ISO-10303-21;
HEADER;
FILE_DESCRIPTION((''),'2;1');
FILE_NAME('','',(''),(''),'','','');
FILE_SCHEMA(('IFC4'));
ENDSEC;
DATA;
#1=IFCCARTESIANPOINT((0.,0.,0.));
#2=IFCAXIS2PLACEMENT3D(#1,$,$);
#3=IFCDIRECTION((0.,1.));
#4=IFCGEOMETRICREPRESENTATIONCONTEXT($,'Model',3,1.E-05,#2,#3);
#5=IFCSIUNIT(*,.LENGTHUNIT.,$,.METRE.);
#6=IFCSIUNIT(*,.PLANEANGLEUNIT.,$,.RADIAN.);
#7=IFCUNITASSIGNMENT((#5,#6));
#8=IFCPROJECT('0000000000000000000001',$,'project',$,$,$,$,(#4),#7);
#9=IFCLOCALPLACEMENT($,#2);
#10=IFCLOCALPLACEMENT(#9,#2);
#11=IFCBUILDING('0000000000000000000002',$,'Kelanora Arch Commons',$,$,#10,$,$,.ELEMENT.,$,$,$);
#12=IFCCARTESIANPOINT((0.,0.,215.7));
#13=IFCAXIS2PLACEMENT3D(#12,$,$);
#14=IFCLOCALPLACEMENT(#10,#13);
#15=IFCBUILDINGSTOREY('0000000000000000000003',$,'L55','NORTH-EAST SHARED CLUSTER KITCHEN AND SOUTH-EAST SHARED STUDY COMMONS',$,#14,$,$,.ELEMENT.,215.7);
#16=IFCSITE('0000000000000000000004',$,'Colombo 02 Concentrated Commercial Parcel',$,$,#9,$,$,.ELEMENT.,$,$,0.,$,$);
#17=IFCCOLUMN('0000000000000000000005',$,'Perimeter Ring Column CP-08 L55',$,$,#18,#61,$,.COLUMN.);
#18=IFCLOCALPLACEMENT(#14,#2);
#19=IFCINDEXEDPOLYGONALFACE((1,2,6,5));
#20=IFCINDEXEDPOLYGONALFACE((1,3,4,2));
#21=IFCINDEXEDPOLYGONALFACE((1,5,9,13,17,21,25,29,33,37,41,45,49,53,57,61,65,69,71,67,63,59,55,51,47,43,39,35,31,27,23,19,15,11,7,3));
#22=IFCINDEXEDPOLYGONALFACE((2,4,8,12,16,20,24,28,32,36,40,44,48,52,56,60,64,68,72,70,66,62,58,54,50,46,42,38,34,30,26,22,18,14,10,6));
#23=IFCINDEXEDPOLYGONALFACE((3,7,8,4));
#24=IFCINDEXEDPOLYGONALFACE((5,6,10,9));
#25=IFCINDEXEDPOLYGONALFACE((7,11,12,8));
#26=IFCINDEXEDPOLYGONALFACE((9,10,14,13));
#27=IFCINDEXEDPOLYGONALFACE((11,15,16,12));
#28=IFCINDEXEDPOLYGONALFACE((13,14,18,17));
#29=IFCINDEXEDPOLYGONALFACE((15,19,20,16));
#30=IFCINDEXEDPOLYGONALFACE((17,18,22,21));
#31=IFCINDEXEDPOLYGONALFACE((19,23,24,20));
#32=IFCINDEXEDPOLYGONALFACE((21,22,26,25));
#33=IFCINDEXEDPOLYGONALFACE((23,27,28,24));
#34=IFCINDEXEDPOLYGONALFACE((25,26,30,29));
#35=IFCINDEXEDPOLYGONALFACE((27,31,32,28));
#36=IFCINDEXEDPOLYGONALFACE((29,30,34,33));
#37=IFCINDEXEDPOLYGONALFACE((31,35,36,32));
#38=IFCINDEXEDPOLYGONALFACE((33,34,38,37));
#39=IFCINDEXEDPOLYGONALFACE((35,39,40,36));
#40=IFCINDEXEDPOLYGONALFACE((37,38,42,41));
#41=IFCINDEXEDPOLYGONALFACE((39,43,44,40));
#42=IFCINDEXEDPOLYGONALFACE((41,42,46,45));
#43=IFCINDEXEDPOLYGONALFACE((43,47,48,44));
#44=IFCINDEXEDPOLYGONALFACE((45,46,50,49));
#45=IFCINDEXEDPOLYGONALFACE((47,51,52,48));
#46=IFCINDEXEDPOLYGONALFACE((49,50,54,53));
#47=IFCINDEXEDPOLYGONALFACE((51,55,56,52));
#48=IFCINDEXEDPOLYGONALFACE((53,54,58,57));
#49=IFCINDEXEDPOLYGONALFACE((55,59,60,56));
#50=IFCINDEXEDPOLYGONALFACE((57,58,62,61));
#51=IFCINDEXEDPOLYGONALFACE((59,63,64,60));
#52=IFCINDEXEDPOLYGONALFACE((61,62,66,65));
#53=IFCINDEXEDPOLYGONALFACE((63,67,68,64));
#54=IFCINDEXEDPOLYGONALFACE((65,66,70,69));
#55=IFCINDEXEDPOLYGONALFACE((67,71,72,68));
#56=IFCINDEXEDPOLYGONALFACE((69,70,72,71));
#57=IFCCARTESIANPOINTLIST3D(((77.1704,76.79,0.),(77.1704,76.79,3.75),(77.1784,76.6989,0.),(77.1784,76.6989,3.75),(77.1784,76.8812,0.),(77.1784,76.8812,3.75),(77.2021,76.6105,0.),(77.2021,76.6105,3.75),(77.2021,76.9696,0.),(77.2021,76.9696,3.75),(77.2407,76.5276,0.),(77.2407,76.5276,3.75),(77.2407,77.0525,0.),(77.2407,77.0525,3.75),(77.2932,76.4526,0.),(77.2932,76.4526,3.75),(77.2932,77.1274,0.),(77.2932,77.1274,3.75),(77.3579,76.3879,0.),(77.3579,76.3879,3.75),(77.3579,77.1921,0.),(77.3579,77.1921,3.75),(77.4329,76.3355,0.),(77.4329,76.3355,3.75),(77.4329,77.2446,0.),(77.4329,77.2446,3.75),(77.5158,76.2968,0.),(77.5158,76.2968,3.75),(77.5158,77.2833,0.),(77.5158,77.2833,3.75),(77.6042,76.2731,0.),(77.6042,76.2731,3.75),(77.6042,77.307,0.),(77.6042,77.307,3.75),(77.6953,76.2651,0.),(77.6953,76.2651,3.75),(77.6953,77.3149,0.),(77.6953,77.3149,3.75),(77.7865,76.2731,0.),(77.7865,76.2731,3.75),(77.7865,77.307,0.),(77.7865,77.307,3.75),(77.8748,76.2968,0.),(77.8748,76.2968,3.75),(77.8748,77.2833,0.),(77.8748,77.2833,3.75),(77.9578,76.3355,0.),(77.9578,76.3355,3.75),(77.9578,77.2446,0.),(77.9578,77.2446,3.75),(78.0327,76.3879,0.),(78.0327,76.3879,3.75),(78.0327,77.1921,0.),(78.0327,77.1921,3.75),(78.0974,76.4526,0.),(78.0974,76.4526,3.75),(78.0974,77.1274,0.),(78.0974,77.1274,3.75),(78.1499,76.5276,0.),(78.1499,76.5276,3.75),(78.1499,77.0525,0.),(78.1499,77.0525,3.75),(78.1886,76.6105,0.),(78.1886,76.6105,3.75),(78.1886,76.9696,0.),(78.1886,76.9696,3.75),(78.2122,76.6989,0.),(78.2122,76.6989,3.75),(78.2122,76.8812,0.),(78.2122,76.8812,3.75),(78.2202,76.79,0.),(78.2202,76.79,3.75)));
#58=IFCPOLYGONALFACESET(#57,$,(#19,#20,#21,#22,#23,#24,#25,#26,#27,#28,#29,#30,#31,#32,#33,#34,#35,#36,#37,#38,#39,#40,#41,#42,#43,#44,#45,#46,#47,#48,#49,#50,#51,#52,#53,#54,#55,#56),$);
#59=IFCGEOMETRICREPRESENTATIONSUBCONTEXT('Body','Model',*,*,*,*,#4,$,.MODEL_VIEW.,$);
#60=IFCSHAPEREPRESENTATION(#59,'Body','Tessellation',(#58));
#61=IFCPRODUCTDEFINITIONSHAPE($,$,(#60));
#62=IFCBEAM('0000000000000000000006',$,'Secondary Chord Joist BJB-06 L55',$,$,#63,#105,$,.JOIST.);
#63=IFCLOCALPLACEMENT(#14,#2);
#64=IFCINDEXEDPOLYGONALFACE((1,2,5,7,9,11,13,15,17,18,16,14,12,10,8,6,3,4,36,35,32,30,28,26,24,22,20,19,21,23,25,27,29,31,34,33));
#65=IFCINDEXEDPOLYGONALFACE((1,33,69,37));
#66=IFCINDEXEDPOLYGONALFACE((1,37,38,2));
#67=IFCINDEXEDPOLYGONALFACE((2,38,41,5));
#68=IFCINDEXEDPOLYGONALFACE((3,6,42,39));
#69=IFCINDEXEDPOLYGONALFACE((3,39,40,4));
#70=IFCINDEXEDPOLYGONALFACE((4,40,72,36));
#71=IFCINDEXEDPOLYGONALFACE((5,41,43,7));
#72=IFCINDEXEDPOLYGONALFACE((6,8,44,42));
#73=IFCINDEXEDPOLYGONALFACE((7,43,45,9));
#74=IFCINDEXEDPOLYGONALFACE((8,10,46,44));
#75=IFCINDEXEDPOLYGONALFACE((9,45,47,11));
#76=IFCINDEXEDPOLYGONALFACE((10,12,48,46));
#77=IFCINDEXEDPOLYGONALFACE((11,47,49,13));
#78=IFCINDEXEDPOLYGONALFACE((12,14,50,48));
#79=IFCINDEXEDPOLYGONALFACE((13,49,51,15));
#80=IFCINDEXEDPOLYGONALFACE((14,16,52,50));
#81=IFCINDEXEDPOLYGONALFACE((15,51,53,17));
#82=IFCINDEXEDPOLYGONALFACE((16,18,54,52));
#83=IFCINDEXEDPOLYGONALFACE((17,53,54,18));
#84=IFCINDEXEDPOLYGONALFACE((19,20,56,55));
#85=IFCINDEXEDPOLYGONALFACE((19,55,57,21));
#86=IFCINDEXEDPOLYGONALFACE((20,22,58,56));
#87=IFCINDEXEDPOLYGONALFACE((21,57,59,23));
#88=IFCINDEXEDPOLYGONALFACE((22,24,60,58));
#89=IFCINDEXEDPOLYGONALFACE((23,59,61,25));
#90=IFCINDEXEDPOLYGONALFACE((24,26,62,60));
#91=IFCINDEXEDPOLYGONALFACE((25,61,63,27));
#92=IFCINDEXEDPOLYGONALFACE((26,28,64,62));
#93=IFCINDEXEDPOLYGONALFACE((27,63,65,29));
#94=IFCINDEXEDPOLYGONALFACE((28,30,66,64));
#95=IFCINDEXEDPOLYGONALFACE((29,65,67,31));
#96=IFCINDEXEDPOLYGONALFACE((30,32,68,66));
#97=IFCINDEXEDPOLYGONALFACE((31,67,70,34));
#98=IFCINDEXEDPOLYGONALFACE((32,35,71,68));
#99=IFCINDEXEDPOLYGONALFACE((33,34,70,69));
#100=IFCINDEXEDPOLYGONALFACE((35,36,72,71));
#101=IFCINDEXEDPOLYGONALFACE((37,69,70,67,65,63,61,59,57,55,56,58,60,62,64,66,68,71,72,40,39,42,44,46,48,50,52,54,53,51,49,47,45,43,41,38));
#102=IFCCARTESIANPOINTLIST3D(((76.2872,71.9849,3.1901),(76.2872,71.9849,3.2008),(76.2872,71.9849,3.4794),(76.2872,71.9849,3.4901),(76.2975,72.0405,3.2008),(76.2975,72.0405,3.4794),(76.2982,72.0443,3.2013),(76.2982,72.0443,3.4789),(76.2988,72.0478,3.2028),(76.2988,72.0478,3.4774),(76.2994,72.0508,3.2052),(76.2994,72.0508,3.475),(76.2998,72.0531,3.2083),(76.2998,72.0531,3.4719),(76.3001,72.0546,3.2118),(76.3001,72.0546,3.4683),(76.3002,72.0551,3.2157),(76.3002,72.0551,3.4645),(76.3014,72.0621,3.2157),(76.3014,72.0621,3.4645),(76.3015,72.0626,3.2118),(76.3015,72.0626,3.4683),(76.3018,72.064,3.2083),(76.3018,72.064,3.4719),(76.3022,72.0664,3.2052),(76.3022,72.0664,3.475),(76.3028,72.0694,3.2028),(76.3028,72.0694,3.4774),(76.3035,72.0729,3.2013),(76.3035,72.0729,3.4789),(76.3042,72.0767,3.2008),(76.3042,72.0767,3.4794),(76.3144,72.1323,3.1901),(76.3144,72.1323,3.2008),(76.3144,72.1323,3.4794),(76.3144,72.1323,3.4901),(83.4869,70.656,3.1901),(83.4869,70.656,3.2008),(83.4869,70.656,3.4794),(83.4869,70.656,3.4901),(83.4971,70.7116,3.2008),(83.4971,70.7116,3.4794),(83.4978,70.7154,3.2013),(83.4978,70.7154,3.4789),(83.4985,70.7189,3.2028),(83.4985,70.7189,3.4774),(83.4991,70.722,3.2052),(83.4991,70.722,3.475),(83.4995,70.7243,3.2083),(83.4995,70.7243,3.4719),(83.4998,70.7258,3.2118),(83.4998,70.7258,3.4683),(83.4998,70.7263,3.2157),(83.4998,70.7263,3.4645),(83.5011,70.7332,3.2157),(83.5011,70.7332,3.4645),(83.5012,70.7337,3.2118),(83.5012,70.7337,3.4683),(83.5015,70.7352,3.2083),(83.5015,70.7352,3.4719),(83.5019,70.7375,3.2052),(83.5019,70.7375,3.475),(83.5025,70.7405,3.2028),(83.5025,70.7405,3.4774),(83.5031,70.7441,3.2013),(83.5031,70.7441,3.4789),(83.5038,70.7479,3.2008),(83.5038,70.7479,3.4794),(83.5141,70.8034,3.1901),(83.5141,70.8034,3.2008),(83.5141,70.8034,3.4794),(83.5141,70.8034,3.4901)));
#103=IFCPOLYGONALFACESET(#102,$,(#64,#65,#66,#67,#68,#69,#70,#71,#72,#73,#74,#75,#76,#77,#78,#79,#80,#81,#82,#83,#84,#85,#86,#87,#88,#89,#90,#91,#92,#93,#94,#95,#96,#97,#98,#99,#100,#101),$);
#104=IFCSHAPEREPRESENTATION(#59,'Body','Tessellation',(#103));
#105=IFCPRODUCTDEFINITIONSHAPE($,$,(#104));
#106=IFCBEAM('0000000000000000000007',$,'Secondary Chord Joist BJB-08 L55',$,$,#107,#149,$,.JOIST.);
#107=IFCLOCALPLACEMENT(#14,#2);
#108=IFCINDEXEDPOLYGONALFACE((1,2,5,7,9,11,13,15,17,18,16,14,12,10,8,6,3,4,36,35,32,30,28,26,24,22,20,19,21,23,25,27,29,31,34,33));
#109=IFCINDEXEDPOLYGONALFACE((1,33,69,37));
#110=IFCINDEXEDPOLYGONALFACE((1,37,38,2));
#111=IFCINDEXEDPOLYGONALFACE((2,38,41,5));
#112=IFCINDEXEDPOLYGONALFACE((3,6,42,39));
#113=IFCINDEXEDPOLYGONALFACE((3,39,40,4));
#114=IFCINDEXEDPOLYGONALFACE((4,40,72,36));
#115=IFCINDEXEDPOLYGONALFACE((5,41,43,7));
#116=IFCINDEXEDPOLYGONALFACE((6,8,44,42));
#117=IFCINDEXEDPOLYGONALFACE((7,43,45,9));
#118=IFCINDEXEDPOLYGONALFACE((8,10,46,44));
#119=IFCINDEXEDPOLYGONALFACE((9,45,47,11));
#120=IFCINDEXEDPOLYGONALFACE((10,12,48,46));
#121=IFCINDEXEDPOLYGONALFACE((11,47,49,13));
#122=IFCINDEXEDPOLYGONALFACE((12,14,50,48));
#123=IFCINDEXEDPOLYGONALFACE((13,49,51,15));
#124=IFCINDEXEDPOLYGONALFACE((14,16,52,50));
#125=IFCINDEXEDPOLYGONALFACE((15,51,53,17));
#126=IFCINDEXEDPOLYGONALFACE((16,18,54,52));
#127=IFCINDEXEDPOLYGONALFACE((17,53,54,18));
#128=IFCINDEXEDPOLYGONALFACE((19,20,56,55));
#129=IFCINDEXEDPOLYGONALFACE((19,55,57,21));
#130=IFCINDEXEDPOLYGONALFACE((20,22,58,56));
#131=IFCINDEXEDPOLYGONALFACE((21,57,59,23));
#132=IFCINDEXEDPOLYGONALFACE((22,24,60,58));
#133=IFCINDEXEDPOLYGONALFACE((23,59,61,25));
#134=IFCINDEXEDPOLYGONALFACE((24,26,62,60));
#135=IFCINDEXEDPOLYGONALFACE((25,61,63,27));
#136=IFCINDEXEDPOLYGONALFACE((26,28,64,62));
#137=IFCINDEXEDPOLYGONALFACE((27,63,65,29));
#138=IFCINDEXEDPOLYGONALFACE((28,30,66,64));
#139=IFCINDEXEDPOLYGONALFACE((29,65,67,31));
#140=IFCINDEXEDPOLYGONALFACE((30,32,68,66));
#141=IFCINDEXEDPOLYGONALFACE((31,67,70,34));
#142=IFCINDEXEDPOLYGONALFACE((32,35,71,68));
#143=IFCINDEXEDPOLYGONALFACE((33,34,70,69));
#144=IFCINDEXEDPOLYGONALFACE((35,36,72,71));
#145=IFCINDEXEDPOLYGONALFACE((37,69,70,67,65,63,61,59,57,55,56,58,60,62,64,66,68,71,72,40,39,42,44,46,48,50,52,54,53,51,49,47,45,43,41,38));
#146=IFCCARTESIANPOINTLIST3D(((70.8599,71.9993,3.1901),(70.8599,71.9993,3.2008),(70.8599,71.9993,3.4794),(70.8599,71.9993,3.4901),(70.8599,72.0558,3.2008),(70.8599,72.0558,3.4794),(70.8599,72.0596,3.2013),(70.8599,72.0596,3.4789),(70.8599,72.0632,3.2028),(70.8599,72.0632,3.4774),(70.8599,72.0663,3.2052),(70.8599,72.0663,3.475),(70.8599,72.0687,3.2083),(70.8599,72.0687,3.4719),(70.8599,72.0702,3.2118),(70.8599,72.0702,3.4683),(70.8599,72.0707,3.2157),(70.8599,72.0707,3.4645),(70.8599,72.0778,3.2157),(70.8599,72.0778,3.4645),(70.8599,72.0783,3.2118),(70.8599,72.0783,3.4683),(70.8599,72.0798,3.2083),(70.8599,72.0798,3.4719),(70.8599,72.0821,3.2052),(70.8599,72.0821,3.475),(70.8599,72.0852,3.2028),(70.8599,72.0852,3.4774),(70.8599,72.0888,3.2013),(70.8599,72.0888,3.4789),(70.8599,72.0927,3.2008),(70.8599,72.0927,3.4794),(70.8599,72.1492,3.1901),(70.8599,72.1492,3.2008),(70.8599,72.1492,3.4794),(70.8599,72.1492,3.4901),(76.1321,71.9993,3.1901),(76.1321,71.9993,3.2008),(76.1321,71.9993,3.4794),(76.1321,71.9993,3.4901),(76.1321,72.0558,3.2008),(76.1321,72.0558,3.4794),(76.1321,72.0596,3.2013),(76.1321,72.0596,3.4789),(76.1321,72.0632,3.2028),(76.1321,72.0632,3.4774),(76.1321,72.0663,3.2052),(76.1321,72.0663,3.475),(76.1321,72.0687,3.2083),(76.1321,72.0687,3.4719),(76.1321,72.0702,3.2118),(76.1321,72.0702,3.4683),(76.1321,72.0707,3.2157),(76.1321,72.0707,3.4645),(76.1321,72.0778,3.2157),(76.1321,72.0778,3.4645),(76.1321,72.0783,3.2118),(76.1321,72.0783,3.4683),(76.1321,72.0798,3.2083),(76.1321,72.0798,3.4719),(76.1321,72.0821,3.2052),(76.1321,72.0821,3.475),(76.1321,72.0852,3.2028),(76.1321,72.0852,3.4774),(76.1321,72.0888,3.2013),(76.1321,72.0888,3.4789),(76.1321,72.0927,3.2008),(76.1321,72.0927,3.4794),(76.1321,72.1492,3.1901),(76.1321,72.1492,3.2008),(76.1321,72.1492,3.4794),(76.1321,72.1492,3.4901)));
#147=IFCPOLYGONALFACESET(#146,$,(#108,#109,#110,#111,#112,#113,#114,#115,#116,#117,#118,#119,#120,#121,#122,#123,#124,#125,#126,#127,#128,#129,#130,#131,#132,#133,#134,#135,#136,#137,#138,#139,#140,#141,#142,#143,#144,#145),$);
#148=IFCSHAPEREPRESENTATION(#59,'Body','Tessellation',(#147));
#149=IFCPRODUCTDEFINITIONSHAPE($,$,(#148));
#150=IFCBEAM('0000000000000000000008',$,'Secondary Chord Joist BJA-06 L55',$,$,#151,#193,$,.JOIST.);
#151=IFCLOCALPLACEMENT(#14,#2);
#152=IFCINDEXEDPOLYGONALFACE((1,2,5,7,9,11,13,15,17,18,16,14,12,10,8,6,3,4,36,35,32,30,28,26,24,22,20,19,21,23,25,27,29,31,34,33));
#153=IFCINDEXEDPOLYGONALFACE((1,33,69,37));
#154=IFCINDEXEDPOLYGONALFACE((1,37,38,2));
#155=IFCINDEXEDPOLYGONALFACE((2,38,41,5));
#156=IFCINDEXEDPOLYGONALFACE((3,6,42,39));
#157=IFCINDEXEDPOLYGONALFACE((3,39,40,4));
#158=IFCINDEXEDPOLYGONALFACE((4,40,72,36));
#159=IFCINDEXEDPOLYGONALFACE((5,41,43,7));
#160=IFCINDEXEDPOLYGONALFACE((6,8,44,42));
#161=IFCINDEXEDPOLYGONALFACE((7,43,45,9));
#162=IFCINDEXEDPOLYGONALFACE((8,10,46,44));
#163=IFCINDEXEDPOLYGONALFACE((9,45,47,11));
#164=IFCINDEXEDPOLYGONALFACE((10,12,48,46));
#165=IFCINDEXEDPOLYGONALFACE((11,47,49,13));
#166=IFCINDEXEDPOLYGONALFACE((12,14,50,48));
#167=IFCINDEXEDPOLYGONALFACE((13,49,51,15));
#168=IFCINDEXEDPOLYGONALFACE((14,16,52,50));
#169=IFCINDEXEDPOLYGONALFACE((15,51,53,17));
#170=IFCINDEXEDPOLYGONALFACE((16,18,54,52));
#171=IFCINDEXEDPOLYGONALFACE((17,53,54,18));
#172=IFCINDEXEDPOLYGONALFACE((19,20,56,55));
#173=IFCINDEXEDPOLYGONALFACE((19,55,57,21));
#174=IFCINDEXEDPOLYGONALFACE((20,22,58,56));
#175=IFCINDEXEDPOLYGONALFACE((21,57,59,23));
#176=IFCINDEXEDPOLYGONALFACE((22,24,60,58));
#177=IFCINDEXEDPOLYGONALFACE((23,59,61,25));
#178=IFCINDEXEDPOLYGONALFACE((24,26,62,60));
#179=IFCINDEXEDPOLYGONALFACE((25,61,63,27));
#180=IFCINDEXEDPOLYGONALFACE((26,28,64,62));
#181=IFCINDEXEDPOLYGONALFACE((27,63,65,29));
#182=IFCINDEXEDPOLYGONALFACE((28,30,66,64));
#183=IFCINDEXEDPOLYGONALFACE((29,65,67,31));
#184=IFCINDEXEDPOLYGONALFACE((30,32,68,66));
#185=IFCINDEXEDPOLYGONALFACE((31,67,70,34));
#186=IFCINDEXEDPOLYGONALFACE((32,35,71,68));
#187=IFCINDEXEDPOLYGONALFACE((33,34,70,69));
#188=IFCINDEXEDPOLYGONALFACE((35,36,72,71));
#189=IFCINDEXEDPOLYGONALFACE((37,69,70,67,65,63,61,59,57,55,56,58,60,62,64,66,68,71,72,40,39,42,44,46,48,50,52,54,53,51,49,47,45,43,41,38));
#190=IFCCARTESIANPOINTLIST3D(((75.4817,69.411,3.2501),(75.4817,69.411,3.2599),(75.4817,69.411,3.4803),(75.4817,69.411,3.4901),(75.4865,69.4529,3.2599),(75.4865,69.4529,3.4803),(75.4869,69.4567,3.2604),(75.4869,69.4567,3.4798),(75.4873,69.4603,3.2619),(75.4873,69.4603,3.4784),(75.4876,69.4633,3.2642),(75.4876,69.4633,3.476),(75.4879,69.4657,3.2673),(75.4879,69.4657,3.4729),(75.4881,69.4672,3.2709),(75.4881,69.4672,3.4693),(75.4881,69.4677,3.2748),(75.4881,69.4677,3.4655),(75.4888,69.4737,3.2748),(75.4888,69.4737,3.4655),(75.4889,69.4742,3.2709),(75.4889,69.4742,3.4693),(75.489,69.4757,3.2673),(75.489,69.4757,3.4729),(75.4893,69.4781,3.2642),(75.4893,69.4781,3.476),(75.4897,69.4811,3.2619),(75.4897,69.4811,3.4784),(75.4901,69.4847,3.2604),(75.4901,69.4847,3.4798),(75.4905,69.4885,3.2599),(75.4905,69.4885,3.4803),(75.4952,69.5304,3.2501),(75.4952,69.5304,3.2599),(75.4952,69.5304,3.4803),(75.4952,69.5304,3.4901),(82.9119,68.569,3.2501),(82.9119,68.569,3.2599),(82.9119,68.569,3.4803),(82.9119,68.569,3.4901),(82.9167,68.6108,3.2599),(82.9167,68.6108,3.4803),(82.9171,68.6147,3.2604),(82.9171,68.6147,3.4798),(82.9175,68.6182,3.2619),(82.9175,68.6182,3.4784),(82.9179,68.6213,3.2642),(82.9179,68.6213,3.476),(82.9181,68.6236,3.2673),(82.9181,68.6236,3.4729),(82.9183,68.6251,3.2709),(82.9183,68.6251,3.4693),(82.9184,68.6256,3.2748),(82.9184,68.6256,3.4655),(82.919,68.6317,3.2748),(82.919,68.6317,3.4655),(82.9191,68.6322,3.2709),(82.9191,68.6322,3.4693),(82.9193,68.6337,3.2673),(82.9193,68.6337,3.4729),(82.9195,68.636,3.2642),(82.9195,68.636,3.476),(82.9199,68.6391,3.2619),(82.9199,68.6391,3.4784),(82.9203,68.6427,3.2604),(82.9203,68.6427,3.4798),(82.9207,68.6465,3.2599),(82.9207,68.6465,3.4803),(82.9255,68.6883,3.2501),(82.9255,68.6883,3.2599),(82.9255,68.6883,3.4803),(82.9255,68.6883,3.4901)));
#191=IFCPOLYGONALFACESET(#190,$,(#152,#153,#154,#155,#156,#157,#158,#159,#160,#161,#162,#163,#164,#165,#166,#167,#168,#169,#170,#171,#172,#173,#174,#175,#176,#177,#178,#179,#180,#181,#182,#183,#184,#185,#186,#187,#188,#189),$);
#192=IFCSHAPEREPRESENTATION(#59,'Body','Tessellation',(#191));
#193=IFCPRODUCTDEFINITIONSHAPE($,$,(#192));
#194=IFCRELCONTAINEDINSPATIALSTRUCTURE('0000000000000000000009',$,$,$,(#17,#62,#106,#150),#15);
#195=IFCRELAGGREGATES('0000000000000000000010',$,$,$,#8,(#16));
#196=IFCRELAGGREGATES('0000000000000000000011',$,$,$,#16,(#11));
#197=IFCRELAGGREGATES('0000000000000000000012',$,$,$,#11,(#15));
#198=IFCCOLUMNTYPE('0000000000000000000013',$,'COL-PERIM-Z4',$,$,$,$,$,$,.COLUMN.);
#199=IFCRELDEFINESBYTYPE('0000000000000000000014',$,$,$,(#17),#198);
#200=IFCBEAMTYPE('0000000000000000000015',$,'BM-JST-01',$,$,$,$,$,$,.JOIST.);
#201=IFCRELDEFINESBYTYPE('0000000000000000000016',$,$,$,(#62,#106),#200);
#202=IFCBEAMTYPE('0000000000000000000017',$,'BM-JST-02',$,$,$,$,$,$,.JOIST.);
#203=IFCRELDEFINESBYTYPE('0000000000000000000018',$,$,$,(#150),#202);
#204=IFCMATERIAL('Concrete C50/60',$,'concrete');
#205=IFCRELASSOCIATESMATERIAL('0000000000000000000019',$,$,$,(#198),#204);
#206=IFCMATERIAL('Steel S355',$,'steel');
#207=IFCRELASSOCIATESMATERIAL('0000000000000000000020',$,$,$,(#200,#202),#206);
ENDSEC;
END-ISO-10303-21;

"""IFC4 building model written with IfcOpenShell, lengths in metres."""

from ifc_helpers import new_model, si_unit, direction, frame, origin, origin_2d, place, context, subcontext, project, spatial, circle, i_section, extrude, material, material_profile, profile_set, type_object, element, save


model = new_model("IFC4")

# Units and contexts
model_context = context("Model", 3, precision=1e-05, world=origin(), true_north=direction((0.0, 1.0)))
body_context = subcontext(model_context, "Body", "Model", "MODEL_VIEW")
ifc_project = project(units=[si_unit("LENGTHUNIT", "METRE"), si_unit("PLANEANGLEUNIT", "RADIAN")], contexts=[model_context])

# Site, building, storey
site_placement = place(None, origin())
site = spatial("IfcSite", under=ifc_project, at=site_placement, Name="Colombo 02 Concentrated Commercial Parcel", CompositionType="ELEMENT", RefElevation=0.0)
building_placement = place(site_placement, origin())
building = spatial("IfcBuilding", under=site, at=building_placement, Name="Kelanora Arch Commons", CompositionType="ELEMENT")
storey_placement = place(building_placement, frame((0.0, 0.0, 215.7)))
storey = spatial("IfcBuildingStorey", under=building, at=storey_placement, Name="L55", Description="NORTH-EAST SHARED CLUSTER KITCHEN AND SOUTH-EAST SHARED STUDY COMMONS", CompositionType="ELEMENT", Elevation=215.7)

# Column
ifc_material_1 = material(Name="Concrete C50/60", Category="concrete")
ifc_material_profile_1 = material_profile(ifc_material_1, circle(Radius=0.5249, at=origin_2d()), Name="RCC1050")
ifc_profile_set_1 = profile_set([ifc_material_profile_1], Name="Concrete C50/60")
column_type = type_object("IfcColumnType", Name="COL-PERIM-Z4", PredefinedType="COLUMN", material=ifc_profile_set_1)
column_placement = place(storey_placement, frame((77.6953, 76.79, 0.0), z_axis=(0.0, 0.0, 1.0), x_axis=(1.0, 0.0, 0.0)))
element("IfcColumn", 1, at=column_placement, inside=storey, type_object=column_type, Name="Perimeter Ring Column CP-08 L55", PredefinedType="COLUMN", context=body_context, shape_type="SweptSolid", body=[
    extrude(circle(Radius=0.5249, at=origin_2d()), origin(), (0.0, 0.0, 1.0), 3.75),
])

# Beams
ifc_material_2 = material(Name="Steel S355", Category="steel")
ifc_material_profile_2 = material_profile(ifc_material_2, i_section(OverallWidth=0.1499, OverallDepth=0.3, WebThickness=0.0071, FlangeThickness=0.0107, FilletRadius=0.0149, at=origin_2d()), Name="IPE300")
ifc_profile_set_2 = profile_set([ifc_material_profile_2], Name="Steel S355")
beam_type_1 = type_object("IfcBeamType", Name="BM-JST-01", PredefinedType="JOIST", material=ifc_profile_set_2)
beam_1_placement = place(storey_placement, frame((83.5005, 70.7297, 3.3401), z_axis=(-0.98339, 0.181505, 0.0), x_axis=(-0.181505, -0.98339, 0.0)))
element("IfcBeam", 2, at=beam_1_placement, inside=storey, type_object=beam_type_1, Name="Secondary Chord Joist BJB-06 L55", PredefinedType="JOIST", context=body_context, shape_type="SweptSolid", body=[
    extrude(i_section(OverallWidth=0.1499, OverallDepth=0.3, WebThickness=0.0071, FlangeThickness=0.0107, FilletRadius=0.0149, at=origin_2d()), origin(), (0.0, 0.0, 1.0), 7.3213),
])
beam_2_placement = place(storey_placement, frame((76.1321, 72.0742, 3.3401), z_axis=(-1.0, 0.0, 0.0), x_axis=(0.0, -1.0, 0.0)))
element("IfcBeam", 3, at=beam_2_placement, inside=storey, type_object=beam_type_1, Name="Secondary Chord Joist BJB-08 L55", PredefinedType="JOIST", context=body_context, shape_type="SweptSolid", body=[
    extrude(i_section(OverallWidth=0.1499, OverallDepth=0.3, WebThickness=0.0071, FlangeThickness=0.0107, FilletRadius=0.0149, at=origin_2d()), origin(), (0.0, 0.0, 1.0), 5.2722),
])
ifc_material_profile_3 = material_profile(ifc_material_2, i_section(OverallWidth=0.1201, OverallDepth=0.24, WebThickness=0.0061, FlangeThickness=0.0098, FilletRadius=0.0149, at=origin_2d()), Name="IPE240")
ifc_profile_set_3 = profile_set([ifc_material_profile_3], Name="Steel S355")
beam_type_2 = type_object("IfcBeamType", Name="BM-JST-02", PredefinedType="JOIST", material=ifc_profile_set_3)
beam_3_placement = place(storey_placement, frame((82.9187, 68.6287, 3.3701), z_axis=(-0.99364, 0.112606, 0.0), x_axis=(-0.112606, -0.99364, 0.0)))
element("IfcBeam", 4, at=beam_3_placement, inside=storey, type_object=beam_type_2, Name="Secondary Chord Joist BJA-06 L55", PredefinedType="JOIST", context=body_context, shape_type="SweptSolid", body=[
    extrude(i_section(OverallWidth=0.1201, OverallDepth=0.24, WebThickness=0.0061, FlangeThickness=0.0098, FilletRadius=0.0149, at=origin_2d()), origin(), (0.0, 0.0, 1.0), 7.4778),
])

save(model, "model.ifc")
